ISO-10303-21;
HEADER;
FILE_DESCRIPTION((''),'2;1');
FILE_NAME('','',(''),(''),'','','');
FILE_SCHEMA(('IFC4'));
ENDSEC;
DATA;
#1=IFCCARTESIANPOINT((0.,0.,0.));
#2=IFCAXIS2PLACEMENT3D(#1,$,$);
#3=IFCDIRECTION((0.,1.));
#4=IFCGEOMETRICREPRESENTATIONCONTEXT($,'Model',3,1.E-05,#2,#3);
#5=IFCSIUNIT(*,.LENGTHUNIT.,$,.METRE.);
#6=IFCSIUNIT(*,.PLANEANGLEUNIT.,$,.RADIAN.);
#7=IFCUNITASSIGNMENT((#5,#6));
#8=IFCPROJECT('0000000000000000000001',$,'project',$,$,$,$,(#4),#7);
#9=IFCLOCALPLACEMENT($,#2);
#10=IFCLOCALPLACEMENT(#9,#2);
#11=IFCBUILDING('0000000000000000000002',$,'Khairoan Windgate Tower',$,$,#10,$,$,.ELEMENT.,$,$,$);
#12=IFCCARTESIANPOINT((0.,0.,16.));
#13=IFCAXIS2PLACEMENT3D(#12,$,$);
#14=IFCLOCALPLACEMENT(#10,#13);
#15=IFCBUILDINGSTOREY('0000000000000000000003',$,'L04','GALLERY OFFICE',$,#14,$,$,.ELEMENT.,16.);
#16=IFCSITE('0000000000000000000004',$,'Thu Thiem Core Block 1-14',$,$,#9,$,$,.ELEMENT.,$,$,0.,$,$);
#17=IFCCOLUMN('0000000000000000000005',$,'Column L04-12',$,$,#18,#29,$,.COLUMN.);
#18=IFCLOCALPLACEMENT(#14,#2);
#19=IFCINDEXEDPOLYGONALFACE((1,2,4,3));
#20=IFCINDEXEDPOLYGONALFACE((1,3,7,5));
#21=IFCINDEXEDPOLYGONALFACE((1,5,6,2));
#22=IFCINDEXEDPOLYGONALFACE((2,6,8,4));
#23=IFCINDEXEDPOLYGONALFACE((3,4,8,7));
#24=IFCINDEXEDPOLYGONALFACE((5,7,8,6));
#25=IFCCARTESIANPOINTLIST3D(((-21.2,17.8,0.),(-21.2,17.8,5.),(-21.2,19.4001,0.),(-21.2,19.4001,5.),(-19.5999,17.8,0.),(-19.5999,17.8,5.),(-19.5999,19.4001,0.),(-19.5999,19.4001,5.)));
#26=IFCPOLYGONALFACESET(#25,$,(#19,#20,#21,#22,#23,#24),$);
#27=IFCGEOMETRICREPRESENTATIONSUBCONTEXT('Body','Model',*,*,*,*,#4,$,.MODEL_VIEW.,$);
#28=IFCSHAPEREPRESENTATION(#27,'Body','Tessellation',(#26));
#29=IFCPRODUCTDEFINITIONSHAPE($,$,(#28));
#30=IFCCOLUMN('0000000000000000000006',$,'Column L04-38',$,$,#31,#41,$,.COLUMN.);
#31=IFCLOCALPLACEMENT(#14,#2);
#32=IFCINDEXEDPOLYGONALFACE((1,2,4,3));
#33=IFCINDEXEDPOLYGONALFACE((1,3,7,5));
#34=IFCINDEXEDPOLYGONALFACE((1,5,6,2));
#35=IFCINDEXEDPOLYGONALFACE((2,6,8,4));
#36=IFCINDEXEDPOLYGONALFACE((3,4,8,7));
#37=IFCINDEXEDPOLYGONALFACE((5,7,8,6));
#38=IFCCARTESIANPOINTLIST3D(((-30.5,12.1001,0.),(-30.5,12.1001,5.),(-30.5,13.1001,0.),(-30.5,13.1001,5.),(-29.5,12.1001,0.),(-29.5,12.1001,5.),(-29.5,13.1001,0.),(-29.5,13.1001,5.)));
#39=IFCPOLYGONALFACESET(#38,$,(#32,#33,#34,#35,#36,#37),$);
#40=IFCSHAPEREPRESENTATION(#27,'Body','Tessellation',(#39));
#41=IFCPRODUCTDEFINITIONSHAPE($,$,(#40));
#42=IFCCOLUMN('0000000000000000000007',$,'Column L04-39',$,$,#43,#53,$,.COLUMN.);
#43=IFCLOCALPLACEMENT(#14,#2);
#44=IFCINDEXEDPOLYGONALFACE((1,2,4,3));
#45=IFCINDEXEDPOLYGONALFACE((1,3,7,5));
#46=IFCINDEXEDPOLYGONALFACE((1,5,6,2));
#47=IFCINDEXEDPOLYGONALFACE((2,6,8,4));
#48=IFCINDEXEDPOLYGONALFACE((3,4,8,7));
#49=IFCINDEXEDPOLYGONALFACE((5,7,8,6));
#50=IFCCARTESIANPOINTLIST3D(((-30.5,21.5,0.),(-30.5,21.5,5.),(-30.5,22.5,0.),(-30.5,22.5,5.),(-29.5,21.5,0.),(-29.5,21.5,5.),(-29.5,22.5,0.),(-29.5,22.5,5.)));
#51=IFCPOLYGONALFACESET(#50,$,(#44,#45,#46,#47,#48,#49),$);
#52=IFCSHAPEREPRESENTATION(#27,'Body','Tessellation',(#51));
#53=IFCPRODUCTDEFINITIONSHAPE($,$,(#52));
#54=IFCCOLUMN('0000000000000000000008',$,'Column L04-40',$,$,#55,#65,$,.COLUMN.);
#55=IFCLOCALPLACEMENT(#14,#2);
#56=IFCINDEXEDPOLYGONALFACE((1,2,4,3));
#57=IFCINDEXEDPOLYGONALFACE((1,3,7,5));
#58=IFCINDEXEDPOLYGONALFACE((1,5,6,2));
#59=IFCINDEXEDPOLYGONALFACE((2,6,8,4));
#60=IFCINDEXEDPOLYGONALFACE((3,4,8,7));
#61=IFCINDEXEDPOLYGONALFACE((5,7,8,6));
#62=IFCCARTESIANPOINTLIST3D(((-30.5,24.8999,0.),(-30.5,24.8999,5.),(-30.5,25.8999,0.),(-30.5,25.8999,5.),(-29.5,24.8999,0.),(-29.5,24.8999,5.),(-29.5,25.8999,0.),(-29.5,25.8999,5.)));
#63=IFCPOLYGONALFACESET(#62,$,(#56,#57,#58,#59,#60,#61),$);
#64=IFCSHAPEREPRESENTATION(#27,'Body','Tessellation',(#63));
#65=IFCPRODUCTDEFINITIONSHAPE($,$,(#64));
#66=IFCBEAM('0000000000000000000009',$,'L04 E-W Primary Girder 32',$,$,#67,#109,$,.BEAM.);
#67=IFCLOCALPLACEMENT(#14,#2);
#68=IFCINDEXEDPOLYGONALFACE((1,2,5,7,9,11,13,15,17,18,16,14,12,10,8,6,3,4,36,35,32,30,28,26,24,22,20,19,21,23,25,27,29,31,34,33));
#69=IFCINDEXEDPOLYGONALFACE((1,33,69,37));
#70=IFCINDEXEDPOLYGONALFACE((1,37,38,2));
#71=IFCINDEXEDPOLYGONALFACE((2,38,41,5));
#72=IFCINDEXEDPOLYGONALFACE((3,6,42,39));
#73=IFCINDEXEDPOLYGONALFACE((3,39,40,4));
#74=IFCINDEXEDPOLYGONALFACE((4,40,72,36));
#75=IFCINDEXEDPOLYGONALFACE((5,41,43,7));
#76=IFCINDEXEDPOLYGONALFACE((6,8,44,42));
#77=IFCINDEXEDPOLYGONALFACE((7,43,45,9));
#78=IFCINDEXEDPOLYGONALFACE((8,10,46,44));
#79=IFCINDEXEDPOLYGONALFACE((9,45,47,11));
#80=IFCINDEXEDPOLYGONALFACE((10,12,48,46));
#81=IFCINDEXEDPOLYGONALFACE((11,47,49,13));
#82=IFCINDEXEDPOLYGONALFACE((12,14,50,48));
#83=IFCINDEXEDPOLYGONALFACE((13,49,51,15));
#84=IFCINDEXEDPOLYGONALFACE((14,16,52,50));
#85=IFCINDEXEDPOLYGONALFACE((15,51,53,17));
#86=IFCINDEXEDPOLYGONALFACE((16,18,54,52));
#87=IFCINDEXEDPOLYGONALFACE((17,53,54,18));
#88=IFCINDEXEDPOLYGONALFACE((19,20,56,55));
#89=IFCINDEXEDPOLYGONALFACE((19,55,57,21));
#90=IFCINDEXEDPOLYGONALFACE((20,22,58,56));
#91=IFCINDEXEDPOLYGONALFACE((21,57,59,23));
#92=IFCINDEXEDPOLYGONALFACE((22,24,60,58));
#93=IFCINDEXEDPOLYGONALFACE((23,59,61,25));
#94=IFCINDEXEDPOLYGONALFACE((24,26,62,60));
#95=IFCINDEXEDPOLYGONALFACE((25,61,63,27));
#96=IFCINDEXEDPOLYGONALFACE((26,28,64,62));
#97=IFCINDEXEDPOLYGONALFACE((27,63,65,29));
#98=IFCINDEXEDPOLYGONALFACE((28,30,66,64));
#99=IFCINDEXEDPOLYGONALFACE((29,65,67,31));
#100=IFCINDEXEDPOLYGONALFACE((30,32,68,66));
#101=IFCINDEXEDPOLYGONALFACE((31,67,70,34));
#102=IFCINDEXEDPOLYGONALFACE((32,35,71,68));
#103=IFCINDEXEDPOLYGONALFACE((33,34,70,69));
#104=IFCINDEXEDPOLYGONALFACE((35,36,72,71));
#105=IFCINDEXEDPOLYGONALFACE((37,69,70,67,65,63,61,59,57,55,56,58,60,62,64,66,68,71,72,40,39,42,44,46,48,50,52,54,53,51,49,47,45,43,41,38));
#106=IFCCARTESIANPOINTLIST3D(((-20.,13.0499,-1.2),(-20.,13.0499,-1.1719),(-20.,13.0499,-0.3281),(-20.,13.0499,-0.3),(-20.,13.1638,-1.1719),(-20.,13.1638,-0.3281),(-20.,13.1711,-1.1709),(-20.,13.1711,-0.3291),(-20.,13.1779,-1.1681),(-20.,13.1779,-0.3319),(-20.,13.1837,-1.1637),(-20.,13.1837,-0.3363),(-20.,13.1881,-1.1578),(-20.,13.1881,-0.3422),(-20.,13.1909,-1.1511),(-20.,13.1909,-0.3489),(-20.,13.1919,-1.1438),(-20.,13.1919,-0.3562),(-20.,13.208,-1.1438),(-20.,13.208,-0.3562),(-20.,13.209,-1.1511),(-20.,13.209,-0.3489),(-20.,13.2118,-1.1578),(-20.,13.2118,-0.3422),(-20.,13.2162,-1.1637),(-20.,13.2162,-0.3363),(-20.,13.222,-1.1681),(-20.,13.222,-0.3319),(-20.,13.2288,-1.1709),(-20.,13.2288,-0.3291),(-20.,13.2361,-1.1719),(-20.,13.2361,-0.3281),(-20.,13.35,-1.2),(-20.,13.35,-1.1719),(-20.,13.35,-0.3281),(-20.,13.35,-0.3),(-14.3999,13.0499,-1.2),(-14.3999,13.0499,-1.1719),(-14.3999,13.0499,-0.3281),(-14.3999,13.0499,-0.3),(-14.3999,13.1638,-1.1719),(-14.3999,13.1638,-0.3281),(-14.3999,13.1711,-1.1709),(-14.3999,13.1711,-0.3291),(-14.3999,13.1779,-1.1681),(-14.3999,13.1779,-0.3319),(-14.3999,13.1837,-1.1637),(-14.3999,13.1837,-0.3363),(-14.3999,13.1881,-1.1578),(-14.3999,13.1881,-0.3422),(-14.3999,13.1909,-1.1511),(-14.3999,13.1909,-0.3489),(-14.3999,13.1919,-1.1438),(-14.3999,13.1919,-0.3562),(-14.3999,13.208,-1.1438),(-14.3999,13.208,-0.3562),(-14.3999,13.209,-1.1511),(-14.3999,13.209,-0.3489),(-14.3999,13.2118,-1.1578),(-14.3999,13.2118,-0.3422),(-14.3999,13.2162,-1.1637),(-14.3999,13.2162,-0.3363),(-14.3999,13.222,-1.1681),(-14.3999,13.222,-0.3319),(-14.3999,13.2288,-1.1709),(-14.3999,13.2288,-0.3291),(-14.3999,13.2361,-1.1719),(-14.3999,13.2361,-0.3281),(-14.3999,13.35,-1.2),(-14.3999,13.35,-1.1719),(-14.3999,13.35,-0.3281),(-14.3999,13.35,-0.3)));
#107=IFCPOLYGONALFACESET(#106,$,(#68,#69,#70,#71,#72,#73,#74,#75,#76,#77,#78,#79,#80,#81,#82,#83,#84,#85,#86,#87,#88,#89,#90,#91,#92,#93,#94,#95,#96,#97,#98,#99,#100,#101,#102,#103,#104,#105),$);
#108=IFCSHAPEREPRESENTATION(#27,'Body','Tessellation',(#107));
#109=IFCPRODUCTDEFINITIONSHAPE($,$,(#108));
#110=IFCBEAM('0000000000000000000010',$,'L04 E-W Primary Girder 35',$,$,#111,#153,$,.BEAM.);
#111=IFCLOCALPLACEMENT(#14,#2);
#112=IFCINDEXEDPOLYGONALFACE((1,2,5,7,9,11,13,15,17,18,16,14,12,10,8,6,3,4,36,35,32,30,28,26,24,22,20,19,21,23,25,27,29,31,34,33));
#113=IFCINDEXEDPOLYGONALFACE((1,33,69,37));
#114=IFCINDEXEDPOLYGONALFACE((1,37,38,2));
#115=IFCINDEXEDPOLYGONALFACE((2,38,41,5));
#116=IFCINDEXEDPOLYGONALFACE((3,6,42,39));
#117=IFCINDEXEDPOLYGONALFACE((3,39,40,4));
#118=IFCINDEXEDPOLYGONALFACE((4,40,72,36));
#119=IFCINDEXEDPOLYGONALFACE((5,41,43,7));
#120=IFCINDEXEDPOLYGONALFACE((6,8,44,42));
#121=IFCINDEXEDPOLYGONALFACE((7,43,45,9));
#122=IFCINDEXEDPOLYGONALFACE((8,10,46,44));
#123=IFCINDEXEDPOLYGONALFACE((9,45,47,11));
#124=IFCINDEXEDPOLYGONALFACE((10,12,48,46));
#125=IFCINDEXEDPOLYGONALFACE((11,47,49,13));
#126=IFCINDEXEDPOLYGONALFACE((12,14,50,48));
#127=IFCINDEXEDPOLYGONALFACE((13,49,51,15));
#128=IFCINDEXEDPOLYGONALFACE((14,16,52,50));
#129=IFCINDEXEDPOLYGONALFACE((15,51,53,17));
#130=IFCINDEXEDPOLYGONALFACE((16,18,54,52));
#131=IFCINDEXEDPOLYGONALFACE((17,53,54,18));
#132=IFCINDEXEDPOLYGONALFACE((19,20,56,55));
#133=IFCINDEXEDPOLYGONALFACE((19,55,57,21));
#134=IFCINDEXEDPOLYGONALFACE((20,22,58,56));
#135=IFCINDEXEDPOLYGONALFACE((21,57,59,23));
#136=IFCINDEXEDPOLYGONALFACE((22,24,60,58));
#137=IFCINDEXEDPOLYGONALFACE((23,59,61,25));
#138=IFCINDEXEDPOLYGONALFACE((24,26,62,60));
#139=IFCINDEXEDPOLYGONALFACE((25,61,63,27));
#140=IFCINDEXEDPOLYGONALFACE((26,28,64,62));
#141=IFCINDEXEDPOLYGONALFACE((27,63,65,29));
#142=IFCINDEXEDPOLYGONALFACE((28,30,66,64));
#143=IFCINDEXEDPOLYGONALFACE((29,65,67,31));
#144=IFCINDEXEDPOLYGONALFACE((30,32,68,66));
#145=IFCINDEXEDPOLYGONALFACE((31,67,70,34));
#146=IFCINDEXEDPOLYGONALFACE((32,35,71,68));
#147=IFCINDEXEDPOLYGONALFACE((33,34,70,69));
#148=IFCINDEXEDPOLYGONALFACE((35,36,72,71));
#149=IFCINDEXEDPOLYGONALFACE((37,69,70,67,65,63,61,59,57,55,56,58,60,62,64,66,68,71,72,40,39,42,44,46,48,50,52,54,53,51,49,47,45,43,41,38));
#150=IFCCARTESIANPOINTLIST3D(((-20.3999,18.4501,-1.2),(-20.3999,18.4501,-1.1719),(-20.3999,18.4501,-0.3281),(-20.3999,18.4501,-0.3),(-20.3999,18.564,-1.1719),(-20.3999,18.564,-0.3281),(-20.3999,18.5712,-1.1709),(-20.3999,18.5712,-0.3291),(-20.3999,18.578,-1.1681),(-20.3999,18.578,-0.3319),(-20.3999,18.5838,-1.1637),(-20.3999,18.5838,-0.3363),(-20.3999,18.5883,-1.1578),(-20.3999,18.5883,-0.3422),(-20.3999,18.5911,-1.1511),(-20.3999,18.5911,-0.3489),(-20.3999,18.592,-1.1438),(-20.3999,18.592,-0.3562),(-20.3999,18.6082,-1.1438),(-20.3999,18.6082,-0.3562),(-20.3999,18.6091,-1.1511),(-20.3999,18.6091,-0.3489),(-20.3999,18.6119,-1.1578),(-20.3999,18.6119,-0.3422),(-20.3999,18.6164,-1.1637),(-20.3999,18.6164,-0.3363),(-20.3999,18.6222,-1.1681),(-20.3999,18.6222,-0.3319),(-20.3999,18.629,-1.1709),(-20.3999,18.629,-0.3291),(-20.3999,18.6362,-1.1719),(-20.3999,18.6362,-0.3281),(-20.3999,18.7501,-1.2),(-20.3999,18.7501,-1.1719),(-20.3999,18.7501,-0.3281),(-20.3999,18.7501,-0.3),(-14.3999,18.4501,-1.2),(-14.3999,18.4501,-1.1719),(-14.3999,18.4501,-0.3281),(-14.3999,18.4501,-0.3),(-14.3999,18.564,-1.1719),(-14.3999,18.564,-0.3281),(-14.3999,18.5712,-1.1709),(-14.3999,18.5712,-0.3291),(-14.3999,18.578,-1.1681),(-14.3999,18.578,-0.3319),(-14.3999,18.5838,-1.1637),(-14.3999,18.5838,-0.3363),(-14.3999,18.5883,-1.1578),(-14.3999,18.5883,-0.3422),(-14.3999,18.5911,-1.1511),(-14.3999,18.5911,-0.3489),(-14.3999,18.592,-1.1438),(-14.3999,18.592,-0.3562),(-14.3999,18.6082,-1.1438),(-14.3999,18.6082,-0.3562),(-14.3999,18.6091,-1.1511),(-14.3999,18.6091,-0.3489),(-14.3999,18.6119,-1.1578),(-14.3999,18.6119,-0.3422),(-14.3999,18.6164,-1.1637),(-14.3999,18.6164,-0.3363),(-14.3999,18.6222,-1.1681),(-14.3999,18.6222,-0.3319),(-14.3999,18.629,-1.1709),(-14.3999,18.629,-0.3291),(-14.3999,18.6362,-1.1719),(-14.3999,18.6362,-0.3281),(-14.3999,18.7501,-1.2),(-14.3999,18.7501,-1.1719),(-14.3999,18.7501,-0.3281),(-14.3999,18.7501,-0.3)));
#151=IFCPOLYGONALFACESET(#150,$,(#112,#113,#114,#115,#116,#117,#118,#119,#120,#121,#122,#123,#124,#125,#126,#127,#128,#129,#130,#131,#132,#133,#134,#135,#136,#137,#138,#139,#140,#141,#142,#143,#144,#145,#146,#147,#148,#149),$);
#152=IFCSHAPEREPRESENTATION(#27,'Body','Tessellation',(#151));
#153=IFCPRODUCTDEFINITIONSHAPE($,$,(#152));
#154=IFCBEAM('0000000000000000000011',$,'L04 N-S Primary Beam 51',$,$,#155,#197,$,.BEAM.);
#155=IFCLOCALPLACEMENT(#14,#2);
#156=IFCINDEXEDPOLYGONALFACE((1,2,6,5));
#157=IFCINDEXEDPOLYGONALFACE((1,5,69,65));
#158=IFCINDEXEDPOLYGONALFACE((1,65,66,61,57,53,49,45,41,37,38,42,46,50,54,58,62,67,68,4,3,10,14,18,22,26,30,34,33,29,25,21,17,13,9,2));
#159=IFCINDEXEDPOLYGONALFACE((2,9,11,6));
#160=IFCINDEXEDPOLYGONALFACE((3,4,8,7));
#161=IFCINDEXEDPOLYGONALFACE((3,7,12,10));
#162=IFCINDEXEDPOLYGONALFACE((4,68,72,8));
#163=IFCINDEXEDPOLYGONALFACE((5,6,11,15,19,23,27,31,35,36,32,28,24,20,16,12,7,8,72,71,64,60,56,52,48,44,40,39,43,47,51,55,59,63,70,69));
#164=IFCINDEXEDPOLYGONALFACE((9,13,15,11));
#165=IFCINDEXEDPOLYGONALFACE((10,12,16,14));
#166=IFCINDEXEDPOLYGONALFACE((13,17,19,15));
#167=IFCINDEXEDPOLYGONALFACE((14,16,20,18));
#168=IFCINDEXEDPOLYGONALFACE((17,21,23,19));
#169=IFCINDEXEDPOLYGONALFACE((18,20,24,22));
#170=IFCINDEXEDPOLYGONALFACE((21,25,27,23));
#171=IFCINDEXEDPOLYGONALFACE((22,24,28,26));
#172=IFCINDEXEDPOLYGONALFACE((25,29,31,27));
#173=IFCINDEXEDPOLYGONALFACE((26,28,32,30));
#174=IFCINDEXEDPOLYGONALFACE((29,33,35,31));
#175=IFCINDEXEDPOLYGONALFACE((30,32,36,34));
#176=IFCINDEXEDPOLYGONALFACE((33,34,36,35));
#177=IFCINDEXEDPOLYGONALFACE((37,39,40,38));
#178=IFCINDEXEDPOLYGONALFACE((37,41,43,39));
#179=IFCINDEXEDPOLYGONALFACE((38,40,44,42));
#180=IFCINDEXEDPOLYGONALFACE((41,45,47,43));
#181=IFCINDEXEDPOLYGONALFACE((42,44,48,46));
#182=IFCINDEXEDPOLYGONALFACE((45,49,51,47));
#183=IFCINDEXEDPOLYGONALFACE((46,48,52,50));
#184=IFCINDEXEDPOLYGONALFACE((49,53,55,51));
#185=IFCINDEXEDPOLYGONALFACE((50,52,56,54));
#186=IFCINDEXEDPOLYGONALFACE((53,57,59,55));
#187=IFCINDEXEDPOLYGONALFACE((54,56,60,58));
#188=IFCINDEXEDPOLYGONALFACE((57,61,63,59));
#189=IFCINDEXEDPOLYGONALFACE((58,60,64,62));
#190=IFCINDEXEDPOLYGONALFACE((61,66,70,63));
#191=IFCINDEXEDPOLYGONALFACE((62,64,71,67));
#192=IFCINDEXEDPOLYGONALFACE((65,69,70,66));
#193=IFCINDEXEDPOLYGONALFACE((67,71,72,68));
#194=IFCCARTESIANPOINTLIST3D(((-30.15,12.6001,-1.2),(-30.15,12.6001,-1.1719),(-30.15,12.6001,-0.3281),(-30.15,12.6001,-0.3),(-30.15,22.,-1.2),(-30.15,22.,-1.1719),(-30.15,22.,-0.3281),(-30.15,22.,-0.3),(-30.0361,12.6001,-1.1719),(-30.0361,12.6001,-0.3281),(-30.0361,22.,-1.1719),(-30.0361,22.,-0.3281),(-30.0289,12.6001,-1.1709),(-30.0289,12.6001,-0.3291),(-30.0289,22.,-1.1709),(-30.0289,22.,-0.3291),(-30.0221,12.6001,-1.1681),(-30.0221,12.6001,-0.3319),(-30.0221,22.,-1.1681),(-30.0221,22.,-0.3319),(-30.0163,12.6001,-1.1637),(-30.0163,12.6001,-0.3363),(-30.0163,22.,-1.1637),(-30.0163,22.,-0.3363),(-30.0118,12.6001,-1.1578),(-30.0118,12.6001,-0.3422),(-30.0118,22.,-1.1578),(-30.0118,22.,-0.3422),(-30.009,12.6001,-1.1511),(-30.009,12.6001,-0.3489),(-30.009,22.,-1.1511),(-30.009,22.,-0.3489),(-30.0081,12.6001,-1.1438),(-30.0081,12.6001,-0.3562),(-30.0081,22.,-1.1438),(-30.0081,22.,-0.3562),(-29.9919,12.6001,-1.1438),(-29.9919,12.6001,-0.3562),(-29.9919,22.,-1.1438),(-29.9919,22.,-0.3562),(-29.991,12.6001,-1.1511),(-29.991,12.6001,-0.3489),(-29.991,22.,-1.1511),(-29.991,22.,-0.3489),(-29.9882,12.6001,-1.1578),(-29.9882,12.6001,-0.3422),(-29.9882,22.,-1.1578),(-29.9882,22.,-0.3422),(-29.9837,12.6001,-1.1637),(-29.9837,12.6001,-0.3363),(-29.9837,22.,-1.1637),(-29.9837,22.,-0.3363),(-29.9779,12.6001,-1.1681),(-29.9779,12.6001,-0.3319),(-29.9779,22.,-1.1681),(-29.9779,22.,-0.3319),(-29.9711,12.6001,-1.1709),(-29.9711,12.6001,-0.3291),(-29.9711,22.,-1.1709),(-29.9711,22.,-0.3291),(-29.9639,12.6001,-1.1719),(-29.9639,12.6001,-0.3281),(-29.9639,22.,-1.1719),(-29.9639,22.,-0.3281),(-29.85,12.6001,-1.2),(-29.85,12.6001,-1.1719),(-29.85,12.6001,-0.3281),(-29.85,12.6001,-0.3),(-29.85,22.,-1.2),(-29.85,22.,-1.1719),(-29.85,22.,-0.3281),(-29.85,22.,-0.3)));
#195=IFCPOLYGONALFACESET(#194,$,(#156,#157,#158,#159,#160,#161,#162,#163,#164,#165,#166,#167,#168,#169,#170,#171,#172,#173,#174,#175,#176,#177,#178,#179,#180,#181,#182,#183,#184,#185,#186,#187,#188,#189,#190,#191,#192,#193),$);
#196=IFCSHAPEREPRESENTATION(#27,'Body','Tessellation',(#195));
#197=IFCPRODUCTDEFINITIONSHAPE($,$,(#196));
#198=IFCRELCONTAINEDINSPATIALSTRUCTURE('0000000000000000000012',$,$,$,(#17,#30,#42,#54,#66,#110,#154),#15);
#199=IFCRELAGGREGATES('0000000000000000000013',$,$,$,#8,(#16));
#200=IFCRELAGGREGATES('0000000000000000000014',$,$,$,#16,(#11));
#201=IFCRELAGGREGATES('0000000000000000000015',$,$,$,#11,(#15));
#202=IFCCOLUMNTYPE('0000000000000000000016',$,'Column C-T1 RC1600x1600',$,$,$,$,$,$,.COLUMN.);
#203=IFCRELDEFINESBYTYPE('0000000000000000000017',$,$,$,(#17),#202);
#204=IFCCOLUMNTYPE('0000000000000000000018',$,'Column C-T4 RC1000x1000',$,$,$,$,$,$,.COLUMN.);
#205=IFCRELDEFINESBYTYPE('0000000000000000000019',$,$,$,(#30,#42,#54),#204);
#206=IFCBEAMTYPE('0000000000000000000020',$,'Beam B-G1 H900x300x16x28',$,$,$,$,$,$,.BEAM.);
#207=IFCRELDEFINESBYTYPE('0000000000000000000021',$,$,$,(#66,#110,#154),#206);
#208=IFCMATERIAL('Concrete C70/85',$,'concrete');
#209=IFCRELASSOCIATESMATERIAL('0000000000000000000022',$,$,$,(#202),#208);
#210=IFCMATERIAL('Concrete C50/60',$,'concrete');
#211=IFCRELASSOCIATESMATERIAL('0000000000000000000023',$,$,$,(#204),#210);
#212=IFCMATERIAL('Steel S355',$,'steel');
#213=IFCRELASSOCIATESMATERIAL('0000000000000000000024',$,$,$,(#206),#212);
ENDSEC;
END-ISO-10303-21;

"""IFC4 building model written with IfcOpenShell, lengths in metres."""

from ifc_helpers import new_model, si_unit, direction, frame, origin, origin_2d, place, context, subcontext, project, spatial, rectangle, i_section, extrude, material, material_profile, profile_set, type_object, element, save


model = new_model("IFC4")

# Units and contexts
model_context = context("Model", 3, precision=1e-05, world=origin(), true_north=direction((0.0, 1.0)))
body_context = subcontext(model_context, "Body", "Model", "MODEL_VIEW")
ifc_project = project(units=[si_unit("LENGTHUNIT", "METRE"), si_unit("PLANEANGLEUNIT", "RADIAN")], contexts=[model_context])

# Site, building, storey
site_placement = place(None, origin())
site = spatial("IfcSite", under=ifc_project, at=site_placement, Name="Thu Thiem Core Block 1-14", CompositionType="ELEMENT", RefElevation=0.0)
building_placement = place(site_placement, origin())
building = spatial("IfcBuilding", under=site, at=building_placement, Name="Khairoan Windgate Tower", CompositionType="ELEMENT")
storey_placement = place(building_placement, frame((0.0, 0.0, 16.0)))
storey = spatial("IfcBuildingStorey", under=building, at=storey_placement, Name="L04", Description="GALLERY OFFICE", CompositionType="ELEMENT", Elevation=16.0)

# Columns
ifc_material_1 = material(Name="Concrete C70/85", Category="concrete")
ifc_material_profile_1 = material_profile(ifc_material_1, rectangle(XDim=1.6001, YDim=1.6001, at=origin_2d()))
ifc_profile_set_1 = profile_set([ifc_material_profile_1], Name="Concrete C70/85")
column_type_1 = type_object("IfcColumnType", Name="Column C-T1 RC1600x1600", PredefinedType="COLUMN", material=ifc_profile_set_1)
column_placement = place(storey_placement, frame((-20.3999, 18.6001, 0.0), z_axis=(0.0, 0.0, 1.0), x_axis=(1.0, 0.0, 0.0)))
element("IfcColumn", 1, at=column_placement, inside=storey, type_object=column_type_1, Name="Column L04-12", PredefinedType="COLUMN", context=body_context, shape_type="SweptSolid", body=[
    extrude(rectangle(XDim=1.6001, YDim=1.6001, at=origin_2d()), origin(), (0.0, 0.0, 1.0), 5.0),
])
ifc_material_2 = material(Name="Concrete C50/60", Category="concrete")
ifc_material_profile_2 = material_profile(ifc_material_2, rectangle(XDim=1.0, YDim=1.0, at=origin_2d()))
ifc_profile_set_2 = profile_set([ifc_material_profile_2], Name="Concrete C50/60")
column_type_2 = type_object("IfcColumnType", Name="Column C-T4 RC1000x1000", PredefinedType="COLUMN", material=ifc_profile_set_2)
for number, where, z_axis, x_axis, name in (
    (2, (-30.0, 12.6001, 0.0), (0.0, 0.0, 1.0), (1.0, 0.0, 0.0), "Column L04-38"),
    (3, (-30.0, 22.0, 0.0), (0.0, 0.0, 1.0), (1.0, 0.0, 0.0), "Column L04-39"),
    (4, (-30.0, 25.3999, 0.0), (0.0, 0.0, 1.0), (1.0, 0.0, 0.0), "Column L04-40"),
):
    element("IfcColumn", number, at=place(storey_placement, frame(where, z_axis=z_axis, x_axis=x_axis)), inside=storey, type_object=column_type_2, Name=name, PredefinedType="COLUMN", context=body_context, shape_type="SweptSolid", body=[
        extrude(rectangle(XDim=1.0, YDim=1.0, at=origin_2d()), origin(), (0.0, 0.0, 1.0), 5.0),
    ])

# Beams
ifc_material_3 = material(Name="Steel S355", Category="steel")
ifc_material_profile_3 = material_profile(ifc_material_3, i_section(OverallWidth=0.3, OverallDepth=0.8999, WebThickness=0.0161, FlangeThickness=0.0281, FilletRadius=0.0281, at=origin_2d()))
ifc_profile_set_3 = profile_set([ifc_material_profile_3], Name="Steel S355")
beam_type_1 = type_object("IfcBeamType", Name="Beam B-G1 H900x300x16x28", PredefinedType="BEAM", material=ifc_profile_set_3)
beam_1_placement = place(storey_placement, frame((-20.0, 13.2, -0.75), z_axis=(1.0, 0.0, 0.0), x_axis=(0.0, 1.0, 0.0)))
element("IfcBeam", 5, at=beam_1_placement, inside=storey, type_object=beam_type_1, Name="L04 E-W Primary Girder 32", PredefinedType="BEAM", context=body_context, shape_type="SweptSolid", body=[
    extrude(i_section(OverallWidth=0.3, OverallDepth=0.8999, WebThickness=0.0161, FlangeThickness=0.0281, FilletRadius=0.0281, at=origin_2d()), origin(), (0.0, 0.0, 1.0), 5.6001),
])
beam_2_placement = place(storey_placement, frame((-20.3999, 18.6001, -0.75), z_axis=(1.0, 0.0, 0.0), x_axis=(0.0, 1.0, 0.0)))
element("IfcBeam", 6, at=beam_2_placement, inside=storey, type_object=beam_type_1, Name="L04 E-W Primary Girder 35", PredefinedType="BEAM", context=body_context, shape_type="SweptSolid", body=[
    extrude(i_section(OverallWidth=0.3, OverallDepth=0.8999, WebThickness=0.0161, FlangeThickness=0.0281, FilletRadius=0.0281, at=origin_2d()), origin(), (0.0, 0.0, 1.0), 6.0),
])
beam_3_placement = place(storey_placement, frame((-30.0, 12.6001, -0.75), z_axis=(0.0, 1.0, 0.0), x_axis=(-1.0, 0.0, 0.0)))
element("IfcBeam", 7, at=beam_3_placement, inside=storey, type_object=beam_type_1, Name="L04 N-S Primary Beam 51", PredefinedType="BEAM", context=body_context, shape_type="SweptSolid", body=[
    extrude(i_section(OverallWidth=0.3, OverallDepth=0.8999, WebThickness=0.0161, FlangeThickness=0.0281, FilletRadius=0.0281, at=origin_2d()), origin(), (0.0, 0.0, 1.0), 9.3999),
])

save(model, "model.ifc")
